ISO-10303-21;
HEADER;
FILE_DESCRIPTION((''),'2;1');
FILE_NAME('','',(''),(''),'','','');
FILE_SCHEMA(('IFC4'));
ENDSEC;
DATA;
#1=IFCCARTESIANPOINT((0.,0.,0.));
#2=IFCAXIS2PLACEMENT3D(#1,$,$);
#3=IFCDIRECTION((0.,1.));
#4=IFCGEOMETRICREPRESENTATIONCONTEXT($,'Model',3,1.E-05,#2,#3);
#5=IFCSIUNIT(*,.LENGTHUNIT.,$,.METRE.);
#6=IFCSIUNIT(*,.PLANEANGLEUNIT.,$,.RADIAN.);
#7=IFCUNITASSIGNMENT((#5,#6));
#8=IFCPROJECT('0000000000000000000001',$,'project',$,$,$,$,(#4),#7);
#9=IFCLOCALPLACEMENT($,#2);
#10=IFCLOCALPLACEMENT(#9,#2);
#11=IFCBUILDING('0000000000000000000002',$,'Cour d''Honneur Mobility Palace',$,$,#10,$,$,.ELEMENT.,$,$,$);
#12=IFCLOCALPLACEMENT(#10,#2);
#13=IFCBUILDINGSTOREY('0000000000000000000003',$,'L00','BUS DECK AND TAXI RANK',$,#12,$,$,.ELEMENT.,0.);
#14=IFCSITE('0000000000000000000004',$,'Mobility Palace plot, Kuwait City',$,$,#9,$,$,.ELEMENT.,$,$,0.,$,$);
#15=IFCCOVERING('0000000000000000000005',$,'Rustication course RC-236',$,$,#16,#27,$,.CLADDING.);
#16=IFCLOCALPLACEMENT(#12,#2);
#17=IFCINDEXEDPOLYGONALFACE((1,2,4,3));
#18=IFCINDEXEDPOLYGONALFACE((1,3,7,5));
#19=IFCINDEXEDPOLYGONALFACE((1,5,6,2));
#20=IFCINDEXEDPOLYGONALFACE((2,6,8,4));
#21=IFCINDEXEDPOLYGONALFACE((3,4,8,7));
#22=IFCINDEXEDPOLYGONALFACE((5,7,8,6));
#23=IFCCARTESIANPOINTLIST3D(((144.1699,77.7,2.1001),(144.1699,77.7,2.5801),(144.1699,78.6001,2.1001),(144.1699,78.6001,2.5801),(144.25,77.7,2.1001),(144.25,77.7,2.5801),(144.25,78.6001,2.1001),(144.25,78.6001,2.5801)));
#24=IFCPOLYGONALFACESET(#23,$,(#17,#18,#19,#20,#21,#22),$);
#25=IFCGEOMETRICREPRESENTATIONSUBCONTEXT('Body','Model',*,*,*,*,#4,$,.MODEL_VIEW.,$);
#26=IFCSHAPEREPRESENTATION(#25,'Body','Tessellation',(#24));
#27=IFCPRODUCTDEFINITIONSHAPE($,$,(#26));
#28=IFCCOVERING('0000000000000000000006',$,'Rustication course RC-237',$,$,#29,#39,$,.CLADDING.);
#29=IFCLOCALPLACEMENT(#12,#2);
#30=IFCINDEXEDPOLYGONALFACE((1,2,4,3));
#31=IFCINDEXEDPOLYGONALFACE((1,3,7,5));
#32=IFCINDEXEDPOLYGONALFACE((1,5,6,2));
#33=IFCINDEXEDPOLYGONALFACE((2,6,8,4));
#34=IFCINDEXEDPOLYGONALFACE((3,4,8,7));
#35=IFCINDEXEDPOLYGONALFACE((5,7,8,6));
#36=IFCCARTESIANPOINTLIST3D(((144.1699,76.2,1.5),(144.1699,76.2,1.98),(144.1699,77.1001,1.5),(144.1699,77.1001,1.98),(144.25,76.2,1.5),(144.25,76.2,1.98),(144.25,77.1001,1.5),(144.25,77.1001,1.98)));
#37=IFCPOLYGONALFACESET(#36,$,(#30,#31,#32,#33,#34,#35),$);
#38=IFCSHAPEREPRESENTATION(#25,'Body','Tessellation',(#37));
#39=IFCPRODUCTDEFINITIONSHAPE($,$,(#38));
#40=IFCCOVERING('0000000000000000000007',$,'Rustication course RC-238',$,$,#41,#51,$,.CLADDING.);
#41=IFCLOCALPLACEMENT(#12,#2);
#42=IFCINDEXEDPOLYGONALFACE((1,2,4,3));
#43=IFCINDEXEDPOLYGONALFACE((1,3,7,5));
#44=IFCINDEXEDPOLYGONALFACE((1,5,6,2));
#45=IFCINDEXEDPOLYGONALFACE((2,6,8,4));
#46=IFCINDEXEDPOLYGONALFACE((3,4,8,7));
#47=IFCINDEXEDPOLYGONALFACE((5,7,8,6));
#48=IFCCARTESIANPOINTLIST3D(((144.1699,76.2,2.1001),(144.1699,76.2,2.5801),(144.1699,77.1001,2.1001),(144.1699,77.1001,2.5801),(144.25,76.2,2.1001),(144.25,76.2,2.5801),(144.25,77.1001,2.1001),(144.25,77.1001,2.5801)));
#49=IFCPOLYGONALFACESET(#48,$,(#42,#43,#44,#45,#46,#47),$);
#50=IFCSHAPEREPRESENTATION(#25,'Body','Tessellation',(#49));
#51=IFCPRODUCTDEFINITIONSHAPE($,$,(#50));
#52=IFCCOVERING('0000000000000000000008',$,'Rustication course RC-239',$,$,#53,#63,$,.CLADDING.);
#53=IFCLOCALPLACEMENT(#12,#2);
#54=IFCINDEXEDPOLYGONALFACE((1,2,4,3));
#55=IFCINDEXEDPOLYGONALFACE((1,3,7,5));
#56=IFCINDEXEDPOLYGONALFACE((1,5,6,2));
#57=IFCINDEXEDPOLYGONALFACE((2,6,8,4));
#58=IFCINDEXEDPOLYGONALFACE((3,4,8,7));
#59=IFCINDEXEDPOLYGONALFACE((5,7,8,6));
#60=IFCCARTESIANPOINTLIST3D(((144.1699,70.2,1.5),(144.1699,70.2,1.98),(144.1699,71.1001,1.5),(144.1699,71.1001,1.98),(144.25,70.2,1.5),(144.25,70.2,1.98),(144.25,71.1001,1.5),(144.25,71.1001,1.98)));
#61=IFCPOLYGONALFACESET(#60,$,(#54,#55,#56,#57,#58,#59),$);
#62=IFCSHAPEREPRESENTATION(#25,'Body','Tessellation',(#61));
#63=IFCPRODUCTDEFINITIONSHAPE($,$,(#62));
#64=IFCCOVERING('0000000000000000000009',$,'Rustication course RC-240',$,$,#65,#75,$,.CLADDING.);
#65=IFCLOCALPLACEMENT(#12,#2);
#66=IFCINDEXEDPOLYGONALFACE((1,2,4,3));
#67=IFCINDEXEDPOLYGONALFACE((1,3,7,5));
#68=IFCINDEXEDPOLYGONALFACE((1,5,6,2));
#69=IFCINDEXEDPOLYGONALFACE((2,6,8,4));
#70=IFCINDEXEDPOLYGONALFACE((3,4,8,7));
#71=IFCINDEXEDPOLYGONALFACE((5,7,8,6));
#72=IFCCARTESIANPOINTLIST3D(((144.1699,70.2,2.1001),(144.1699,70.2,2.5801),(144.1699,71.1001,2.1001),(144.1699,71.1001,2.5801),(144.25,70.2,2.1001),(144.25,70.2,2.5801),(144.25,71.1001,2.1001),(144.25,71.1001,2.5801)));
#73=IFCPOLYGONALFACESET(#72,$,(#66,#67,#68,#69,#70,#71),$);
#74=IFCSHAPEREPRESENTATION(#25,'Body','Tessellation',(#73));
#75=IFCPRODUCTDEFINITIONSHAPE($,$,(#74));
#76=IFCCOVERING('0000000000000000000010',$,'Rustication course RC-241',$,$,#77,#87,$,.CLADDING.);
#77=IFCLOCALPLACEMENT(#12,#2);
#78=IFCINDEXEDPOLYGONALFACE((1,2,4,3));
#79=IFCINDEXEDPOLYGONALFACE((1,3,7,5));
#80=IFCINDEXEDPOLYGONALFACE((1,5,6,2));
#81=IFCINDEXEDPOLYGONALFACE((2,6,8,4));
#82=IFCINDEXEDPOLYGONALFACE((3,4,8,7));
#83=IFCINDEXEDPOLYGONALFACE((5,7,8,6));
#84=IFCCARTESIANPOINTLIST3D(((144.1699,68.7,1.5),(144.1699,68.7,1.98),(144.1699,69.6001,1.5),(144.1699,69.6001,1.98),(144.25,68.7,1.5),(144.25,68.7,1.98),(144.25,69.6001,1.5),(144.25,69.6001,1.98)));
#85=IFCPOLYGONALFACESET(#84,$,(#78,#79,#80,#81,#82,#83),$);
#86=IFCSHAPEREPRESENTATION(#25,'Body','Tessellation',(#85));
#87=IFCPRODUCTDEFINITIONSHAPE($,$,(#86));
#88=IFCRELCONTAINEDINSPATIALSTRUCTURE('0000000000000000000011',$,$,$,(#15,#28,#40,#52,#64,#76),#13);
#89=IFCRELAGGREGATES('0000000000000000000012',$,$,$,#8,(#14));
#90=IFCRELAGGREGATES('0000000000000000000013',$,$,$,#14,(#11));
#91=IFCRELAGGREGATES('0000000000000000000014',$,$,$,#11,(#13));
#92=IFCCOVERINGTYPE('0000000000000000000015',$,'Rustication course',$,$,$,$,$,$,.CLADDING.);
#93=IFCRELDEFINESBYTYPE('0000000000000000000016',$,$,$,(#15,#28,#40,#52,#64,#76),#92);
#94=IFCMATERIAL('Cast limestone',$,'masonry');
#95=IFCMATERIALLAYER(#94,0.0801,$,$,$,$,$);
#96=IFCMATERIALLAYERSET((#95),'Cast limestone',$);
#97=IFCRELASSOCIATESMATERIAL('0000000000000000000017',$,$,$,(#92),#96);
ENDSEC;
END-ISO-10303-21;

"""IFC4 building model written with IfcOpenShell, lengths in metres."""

from ifc_helpers import new_model, si_unit, direction, frame, origin, place, context, subcontext, project, spatial, polyline, outline, extrude, material, layer, layer_set, type_object, element, save


model = new_model("IFC4")

# Units and contexts
model_context = context("Model", 3, precision=1e-05, world=origin(), true_north=direction((0.0, 1.0)))
body_context = subcontext(model_context, "Body", "Model", "MODEL_VIEW")
ifc_project = project(units=[si_unit("LENGTHUNIT", "METRE"), si_unit("PLANEANGLEUNIT", "RADIAN")], contexts=[model_context])

# Site, building, storey
site_placement = place(None, origin())
site = spatial("IfcSite", under=ifc_project, at=site_placement, Name="Mobility Palace plot, Kuwait City", CompositionType="ELEMENT", RefElevation=0.0)
building_placement = place(site_placement, origin())
building = spatial("IfcBuilding", under=site, at=building_placement, Name="Cour d'Honneur Mobility Palace", CompositionType="ELEMENT")
storey_placement = place(building_placement, origin())
storey = spatial("IfcBuildingStorey", under=building, at=storey_placement, Name="L00", Description="BUS DECK AND TAXI RANK", CompositionType="ELEMENT", Elevation=0.0)

# Coverings
ifc_material = material(Name="Cast limestone", Category="masonry")
ifc_layer = layer(ifc_material, 0.0801)
ifc_layer_set = layer_set([ifc_layer], Name="Cast limestone")
covering_type = type_object("IfcCoveringType", Name="Rustication course", PredefinedType="CLADDING", material=ifc_layer_set)
for number, where, name in (
    (1, (0.0, 0.0, 2.1001), "Rustication course RC-236"),
):
    element("IfcCovering", number, at=place(storey_placement, frame(where)), inside=storey, type_object=covering_type, Name=name, PredefinedType="CLADDING", context=body_context, shape_type="SweptSolid", body=[
        extrude(outline(polyline([(144.25, 78.6001), (144.25, 77.7), (144.1699, 77.7), (144.1699, 78.6001), (144.25, 78.6001)])), origin(), (0.0, 0.0, 1.0), 0.48),
    ])
for number, where, name in (
    (2, (0.0, 0.0, 1.5), "Rustication course RC-237"),
    (3, (0.0, 0.0, 2.1001), "Rustication course RC-238"),
):
    element("IfcCovering", number, at=place(storey_placement, frame(where)), inside=storey, type_object=covering_type, Name=name, PredefinedType="CLADDING", context=body_context, shape_type="SweptSolid", body=[
        extrude(outline(polyline([(144.25, 77.1001), (144.25, 76.2), (144.1699, 76.2), (144.1699, 77.1001), (144.25, 77.1001)])), origin(), (0.0, 0.0, 1.0), 0.48),
    ])
for number, where, name in (
    (4, (0.0, 0.0, 1.5), "Rustication course RC-239"),
    (5, (0.0, 0.0, 2.1001), "Rustication course RC-240"),
):
    element("IfcCovering", number, at=place(storey_placement, frame(where)), inside=storey, type_object=covering_type, Name=name, PredefinedType="CLADDING", context=body_context, shape_type="SweptSolid", body=[
        extrude(outline(polyline([(144.25, 71.1001), (144.25, 70.2), (144.1699, 70.2), (144.1699, 71.1001), (144.25, 71.1001)])), origin(), (0.0, 0.0, 1.0), 0.48),
    ])
covering_1_placement = place(storey_placement, frame((0.0, 0.0, 1.5)))
element("IfcCovering", 6, at=covering_1_placement, inside=storey, type_object=covering_type, Name="Rustication course RC-241", PredefinedType="CLADDING", context=body_context, shape_type="SweptSolid", body=[
    extrude(outline(polyline([(144.25, 69.6001), (144.25, 68.7), (144.1699, 68.7), (144.1699, 69.6001), (144.25, 69.6001)])), origin(), (0.0, 0.0, 1.0), 0.48),
])

save(model, "model.ifc")
